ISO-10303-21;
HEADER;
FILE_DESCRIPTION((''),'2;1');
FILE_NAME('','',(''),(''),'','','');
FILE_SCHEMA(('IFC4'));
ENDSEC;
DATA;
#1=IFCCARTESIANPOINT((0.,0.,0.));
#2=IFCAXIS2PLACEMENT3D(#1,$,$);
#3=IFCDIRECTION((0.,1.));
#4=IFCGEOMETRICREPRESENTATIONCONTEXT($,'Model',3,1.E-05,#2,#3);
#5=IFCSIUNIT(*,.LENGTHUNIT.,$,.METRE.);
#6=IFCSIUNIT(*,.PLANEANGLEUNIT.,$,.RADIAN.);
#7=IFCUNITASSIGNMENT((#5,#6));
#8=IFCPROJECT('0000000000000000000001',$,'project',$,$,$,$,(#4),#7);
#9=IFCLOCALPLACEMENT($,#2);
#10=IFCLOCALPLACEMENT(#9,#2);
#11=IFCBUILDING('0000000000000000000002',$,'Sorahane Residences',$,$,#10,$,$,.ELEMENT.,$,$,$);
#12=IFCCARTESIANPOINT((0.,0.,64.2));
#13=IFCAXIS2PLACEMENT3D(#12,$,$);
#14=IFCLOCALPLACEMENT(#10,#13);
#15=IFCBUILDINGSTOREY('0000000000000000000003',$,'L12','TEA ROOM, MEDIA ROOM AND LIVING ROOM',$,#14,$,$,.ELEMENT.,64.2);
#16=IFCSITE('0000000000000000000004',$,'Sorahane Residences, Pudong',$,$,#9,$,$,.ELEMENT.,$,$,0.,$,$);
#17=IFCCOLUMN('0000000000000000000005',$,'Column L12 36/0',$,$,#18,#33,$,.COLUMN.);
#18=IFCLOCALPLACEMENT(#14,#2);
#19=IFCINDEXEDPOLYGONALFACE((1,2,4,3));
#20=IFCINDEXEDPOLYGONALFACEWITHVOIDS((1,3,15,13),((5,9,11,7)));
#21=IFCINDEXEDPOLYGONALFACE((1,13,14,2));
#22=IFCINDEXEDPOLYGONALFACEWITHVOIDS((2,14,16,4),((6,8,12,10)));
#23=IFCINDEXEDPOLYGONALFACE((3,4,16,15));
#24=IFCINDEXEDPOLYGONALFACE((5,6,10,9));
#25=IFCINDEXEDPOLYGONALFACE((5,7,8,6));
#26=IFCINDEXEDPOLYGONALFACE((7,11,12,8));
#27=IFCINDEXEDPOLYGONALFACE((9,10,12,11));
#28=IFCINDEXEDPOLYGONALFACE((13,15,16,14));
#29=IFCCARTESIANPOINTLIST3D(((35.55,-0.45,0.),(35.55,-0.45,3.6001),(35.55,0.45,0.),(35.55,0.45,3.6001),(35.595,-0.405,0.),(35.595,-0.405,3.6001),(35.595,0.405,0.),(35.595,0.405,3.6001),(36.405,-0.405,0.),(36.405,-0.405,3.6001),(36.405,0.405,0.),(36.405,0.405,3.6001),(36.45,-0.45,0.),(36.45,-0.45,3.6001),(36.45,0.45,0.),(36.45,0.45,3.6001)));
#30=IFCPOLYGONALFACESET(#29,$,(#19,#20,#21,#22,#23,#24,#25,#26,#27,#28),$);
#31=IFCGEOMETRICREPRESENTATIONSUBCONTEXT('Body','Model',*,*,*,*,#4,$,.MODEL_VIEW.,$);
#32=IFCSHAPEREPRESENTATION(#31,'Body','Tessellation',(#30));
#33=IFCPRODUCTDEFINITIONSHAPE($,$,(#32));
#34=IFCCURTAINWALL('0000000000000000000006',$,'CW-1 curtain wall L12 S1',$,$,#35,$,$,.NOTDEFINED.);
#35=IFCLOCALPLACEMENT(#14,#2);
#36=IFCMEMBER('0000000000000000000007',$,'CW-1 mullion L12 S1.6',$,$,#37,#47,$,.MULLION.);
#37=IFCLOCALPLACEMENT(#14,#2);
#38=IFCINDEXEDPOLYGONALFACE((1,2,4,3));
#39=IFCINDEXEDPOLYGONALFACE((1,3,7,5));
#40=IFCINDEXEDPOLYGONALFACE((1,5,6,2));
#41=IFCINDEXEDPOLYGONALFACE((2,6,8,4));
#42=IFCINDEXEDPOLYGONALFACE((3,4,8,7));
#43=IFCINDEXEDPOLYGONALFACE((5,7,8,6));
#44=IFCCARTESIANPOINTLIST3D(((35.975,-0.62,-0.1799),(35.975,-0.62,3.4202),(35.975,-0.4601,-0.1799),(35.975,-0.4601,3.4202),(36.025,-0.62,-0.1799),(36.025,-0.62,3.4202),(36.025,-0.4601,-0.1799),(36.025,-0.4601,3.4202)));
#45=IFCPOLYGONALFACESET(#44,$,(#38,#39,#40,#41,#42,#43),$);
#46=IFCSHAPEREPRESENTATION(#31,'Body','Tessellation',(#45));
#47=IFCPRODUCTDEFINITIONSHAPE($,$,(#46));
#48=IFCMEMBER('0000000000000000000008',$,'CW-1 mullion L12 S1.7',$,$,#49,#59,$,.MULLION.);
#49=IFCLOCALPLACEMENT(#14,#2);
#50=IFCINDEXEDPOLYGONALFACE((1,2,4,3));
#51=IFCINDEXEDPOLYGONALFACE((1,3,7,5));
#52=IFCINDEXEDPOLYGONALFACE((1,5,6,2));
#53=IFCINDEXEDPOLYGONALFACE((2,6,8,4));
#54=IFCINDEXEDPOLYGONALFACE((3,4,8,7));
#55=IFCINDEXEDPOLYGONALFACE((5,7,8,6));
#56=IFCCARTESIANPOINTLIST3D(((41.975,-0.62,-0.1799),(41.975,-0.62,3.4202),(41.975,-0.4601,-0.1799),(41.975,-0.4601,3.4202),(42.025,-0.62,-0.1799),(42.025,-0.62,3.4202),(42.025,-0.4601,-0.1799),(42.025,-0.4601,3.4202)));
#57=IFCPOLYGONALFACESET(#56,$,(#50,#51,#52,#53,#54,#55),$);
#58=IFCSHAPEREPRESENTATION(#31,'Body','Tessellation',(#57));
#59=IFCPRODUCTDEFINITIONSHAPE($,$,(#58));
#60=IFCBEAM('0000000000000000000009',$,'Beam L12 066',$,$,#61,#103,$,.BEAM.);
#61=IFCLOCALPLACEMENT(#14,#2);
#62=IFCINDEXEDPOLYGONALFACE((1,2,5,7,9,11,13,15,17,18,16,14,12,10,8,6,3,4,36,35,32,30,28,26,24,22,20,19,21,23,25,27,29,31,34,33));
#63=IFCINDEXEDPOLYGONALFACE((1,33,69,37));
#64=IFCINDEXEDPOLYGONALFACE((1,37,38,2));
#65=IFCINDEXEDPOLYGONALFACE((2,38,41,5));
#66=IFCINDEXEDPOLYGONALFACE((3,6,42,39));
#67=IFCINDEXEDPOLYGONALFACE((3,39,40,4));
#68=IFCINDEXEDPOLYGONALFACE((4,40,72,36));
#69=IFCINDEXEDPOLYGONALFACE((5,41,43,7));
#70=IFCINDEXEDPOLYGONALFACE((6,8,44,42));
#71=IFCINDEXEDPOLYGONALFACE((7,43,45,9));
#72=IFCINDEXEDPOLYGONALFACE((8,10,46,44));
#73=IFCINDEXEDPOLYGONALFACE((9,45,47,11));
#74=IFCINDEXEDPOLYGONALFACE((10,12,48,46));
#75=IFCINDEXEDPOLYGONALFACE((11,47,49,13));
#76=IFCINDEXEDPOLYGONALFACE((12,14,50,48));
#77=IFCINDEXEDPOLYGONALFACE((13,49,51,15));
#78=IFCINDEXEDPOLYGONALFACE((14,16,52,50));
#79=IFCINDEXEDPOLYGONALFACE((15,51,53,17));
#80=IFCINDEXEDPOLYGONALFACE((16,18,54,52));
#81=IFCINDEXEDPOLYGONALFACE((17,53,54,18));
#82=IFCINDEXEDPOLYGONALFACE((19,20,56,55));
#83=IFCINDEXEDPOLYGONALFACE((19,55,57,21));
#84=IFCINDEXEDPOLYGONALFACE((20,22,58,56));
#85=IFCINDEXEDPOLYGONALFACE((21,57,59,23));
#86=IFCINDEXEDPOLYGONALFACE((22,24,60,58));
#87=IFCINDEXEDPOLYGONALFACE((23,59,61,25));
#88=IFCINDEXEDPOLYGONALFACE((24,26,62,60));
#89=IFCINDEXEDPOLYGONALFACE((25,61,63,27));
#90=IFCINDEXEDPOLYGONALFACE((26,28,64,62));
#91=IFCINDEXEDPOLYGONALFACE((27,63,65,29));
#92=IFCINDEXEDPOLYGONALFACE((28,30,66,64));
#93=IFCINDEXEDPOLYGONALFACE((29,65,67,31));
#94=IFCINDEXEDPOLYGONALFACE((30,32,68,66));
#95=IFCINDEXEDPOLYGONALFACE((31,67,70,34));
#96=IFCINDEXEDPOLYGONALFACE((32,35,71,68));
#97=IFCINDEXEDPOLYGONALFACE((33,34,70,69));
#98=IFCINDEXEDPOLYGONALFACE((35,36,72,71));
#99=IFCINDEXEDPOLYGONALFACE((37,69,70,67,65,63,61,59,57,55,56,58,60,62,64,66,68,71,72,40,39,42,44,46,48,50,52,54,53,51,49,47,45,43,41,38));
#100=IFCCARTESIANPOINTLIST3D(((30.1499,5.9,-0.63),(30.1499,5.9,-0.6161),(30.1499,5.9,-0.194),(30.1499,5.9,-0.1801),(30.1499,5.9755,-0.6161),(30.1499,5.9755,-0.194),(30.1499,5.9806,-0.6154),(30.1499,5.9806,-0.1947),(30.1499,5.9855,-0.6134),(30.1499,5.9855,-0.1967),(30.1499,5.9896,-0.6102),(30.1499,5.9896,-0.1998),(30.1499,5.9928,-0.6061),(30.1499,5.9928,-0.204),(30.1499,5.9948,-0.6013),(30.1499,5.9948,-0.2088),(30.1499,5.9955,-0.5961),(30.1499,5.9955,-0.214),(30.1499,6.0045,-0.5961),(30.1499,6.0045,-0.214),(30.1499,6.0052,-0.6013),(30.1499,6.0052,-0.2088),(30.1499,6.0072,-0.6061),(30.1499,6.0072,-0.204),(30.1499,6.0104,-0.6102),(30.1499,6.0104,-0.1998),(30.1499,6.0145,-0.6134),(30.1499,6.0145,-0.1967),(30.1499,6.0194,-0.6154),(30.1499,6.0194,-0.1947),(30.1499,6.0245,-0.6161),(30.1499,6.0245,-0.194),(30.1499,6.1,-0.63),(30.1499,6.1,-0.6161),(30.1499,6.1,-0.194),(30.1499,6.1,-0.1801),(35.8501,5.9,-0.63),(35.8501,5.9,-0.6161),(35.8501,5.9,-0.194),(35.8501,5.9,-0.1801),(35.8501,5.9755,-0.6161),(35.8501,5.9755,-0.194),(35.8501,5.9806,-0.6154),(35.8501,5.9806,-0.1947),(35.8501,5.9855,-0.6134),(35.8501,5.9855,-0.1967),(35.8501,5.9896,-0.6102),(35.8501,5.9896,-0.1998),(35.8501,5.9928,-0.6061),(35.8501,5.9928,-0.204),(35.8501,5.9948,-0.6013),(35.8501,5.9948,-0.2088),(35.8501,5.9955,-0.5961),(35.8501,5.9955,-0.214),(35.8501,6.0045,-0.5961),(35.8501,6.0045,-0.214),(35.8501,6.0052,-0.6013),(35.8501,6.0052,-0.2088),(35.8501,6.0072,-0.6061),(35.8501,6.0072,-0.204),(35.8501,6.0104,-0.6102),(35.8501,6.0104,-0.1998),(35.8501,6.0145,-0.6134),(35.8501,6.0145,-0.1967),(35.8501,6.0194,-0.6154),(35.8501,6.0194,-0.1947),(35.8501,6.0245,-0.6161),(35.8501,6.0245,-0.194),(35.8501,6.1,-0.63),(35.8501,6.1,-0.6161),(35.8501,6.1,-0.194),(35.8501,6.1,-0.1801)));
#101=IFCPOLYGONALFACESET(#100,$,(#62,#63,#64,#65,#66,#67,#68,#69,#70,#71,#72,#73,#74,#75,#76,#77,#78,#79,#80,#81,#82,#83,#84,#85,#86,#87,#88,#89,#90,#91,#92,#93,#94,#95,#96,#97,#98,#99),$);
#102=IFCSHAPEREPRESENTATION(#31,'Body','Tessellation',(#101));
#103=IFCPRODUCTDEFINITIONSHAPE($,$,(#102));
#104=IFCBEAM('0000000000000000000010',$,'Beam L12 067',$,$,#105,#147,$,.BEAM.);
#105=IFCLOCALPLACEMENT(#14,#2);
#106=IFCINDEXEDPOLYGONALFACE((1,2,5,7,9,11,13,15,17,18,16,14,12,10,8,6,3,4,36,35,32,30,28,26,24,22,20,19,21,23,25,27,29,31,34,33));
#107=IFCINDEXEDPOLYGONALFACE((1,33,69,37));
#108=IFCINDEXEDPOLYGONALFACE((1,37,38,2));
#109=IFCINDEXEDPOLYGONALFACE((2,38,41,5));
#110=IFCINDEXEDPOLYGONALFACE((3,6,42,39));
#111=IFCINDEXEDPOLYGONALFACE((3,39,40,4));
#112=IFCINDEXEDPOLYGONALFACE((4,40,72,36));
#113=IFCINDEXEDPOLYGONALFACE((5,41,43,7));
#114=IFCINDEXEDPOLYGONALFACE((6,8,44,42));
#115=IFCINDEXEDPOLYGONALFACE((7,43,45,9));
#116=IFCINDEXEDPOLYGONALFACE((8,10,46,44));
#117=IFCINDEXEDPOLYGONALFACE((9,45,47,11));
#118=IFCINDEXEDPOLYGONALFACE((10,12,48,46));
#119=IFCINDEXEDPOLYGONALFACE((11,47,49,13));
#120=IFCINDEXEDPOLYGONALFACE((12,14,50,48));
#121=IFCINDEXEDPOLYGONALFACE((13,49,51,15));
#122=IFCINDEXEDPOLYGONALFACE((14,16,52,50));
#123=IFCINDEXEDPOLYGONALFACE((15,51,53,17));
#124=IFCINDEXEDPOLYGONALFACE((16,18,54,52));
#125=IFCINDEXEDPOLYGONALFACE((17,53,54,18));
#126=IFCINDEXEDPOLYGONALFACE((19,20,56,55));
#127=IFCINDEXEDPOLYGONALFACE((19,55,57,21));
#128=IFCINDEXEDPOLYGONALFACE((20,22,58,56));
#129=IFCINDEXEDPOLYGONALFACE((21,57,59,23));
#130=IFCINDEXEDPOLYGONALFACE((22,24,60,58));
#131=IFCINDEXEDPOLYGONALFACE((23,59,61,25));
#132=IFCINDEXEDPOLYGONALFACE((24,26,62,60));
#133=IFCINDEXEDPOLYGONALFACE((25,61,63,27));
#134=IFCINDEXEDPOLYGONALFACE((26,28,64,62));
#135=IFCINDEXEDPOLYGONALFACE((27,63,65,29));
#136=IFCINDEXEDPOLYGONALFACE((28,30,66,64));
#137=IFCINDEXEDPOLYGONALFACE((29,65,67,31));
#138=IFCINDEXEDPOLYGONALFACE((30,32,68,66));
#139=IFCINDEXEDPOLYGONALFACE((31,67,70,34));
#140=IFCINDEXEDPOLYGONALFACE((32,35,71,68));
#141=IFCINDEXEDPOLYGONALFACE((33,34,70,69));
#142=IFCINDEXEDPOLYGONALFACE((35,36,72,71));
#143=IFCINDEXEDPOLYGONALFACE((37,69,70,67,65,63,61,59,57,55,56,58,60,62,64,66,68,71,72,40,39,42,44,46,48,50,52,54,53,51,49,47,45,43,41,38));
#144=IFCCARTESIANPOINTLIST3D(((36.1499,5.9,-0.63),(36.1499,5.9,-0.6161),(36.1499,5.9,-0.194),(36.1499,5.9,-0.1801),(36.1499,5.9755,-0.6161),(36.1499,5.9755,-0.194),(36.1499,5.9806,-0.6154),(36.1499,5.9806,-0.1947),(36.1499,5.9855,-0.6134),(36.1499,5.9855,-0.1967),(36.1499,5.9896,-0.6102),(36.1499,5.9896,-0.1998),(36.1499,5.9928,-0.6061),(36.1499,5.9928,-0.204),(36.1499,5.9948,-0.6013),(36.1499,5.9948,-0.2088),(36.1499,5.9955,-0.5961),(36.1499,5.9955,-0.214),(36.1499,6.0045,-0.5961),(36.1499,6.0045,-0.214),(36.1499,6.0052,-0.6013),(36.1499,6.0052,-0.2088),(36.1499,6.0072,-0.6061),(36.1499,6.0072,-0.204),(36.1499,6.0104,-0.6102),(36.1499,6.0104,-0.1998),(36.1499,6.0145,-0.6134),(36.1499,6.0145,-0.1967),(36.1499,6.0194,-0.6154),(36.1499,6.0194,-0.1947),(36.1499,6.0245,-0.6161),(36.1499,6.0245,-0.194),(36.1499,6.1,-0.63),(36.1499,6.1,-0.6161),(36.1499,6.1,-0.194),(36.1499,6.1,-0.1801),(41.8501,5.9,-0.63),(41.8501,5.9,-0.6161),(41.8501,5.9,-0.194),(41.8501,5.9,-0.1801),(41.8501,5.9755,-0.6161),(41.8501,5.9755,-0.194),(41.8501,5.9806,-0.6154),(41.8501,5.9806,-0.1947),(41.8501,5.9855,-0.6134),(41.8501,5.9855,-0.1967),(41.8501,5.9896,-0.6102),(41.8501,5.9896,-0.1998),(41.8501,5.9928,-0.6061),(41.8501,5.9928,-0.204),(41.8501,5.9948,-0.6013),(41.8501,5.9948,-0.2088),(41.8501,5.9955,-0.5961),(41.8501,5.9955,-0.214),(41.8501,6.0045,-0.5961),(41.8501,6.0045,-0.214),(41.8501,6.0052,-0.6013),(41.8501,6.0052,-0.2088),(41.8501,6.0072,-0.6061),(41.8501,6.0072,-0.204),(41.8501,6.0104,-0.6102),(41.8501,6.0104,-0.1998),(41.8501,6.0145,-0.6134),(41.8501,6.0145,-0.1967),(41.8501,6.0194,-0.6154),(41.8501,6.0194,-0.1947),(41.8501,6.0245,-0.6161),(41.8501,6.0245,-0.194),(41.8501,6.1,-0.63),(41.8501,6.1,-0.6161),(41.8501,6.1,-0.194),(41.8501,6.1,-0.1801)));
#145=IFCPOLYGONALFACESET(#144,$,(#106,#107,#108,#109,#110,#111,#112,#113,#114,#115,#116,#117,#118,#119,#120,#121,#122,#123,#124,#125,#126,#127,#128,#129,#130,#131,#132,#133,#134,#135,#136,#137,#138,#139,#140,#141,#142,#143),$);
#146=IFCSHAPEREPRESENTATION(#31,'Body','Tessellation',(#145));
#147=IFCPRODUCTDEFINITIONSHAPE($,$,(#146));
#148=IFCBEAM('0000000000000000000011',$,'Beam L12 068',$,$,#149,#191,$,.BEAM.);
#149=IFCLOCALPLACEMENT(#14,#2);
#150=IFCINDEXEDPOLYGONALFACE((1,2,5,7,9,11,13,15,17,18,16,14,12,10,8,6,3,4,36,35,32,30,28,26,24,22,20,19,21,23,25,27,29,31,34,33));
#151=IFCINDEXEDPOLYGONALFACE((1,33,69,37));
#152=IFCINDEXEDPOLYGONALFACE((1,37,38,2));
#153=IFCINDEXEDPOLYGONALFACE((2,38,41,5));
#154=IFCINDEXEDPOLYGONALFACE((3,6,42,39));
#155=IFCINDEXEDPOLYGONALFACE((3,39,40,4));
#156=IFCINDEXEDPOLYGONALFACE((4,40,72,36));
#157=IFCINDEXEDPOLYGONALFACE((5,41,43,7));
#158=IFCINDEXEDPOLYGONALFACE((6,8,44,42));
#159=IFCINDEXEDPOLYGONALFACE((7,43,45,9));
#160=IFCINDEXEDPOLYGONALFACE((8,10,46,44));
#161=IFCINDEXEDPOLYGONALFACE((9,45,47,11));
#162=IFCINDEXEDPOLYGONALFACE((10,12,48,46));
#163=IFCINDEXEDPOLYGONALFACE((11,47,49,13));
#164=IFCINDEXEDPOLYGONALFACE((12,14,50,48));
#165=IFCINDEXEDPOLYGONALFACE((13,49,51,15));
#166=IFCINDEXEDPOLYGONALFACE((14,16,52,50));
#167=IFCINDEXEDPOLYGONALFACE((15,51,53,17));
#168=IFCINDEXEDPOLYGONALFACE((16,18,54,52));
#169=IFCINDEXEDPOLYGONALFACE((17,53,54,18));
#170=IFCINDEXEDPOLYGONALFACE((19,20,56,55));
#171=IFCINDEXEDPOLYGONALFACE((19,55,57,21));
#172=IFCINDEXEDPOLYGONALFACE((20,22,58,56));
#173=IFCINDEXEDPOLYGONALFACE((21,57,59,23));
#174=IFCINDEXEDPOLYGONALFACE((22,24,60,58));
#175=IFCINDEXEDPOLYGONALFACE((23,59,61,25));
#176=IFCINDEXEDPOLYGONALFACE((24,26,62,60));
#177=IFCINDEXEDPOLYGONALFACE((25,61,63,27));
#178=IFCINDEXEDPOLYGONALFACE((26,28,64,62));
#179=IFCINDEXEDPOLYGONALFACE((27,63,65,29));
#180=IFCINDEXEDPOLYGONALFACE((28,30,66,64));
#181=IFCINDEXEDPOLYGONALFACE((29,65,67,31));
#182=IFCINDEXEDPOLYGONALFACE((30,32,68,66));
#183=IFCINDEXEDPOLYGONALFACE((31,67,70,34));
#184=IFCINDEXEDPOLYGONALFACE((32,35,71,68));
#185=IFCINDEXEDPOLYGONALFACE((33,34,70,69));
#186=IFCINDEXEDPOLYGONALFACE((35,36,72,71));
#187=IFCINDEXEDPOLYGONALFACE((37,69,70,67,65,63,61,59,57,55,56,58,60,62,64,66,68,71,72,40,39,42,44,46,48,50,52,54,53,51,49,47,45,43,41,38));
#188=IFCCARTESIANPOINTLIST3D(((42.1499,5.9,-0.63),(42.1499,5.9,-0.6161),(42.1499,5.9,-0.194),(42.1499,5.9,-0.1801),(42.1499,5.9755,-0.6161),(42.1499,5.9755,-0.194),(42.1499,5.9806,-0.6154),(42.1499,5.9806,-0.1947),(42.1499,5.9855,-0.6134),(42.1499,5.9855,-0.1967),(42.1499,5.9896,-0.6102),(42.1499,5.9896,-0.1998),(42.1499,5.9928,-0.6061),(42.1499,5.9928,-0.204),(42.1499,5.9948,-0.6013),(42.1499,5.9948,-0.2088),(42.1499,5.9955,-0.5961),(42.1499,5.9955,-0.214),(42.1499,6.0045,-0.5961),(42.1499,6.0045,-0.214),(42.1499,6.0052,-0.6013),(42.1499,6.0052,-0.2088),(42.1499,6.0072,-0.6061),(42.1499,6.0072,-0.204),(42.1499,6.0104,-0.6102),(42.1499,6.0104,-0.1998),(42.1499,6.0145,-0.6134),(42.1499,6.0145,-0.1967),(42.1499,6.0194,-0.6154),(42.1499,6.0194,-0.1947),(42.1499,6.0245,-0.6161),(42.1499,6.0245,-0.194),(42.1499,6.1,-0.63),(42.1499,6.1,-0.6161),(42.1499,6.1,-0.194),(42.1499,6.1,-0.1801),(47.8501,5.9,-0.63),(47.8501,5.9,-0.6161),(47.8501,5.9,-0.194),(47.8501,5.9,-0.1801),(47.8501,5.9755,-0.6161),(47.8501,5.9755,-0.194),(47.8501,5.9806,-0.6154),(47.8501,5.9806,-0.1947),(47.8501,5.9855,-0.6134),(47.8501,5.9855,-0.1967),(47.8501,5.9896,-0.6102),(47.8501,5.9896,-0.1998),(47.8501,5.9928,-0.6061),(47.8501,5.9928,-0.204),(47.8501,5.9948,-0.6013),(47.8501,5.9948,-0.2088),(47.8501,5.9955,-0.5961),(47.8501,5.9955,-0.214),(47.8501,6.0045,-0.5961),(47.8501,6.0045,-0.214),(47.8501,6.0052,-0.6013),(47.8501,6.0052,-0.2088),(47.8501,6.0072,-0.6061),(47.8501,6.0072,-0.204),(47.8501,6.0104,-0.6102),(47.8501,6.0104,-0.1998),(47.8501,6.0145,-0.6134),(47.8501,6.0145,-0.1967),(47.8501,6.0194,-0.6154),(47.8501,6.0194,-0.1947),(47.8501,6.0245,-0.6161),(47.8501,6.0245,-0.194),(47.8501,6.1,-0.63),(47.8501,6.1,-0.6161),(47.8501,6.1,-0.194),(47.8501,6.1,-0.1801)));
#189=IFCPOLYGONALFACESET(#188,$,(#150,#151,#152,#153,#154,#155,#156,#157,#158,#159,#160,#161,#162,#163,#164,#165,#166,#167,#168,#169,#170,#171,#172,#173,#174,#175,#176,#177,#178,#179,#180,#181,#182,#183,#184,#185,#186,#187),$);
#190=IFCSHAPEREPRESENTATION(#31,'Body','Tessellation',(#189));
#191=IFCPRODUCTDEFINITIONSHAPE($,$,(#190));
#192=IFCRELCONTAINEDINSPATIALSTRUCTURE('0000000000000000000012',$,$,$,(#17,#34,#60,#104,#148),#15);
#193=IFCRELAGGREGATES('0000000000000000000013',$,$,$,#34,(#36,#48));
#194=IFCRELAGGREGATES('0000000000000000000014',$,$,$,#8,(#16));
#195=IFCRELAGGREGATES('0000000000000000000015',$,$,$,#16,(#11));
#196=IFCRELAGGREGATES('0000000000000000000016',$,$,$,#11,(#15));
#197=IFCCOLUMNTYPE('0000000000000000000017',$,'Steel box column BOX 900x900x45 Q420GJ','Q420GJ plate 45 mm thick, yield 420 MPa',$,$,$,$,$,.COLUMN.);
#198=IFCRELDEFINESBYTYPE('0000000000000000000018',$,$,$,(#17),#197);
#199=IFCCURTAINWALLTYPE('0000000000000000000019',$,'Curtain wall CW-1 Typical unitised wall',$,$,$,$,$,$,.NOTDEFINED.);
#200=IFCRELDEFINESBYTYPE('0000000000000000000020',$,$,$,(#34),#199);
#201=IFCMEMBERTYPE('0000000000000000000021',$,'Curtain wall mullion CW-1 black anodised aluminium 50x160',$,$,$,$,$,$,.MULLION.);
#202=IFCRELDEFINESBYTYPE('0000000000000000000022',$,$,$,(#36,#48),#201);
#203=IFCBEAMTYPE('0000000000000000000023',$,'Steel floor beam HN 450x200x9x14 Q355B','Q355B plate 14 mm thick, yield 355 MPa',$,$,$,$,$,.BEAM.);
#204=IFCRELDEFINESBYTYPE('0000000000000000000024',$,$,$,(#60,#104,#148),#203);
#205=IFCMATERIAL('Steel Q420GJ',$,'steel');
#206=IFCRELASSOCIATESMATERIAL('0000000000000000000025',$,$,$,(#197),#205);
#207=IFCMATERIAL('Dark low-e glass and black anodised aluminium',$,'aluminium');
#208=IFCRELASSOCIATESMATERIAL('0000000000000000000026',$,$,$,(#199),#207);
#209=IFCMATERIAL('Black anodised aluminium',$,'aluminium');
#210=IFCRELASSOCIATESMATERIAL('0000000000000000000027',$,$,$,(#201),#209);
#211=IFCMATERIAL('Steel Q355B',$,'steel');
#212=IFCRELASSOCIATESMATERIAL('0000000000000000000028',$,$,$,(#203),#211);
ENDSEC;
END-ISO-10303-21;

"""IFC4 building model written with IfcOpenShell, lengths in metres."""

from ifc_helpers import new_model, si_unit, direction, frame, origin, origin_2d, place, context, subcontext, project, spatial, rectangle, hollow_rectangle, i_section, extrude, material, material_profile, profile_set, type_object, element, aggregate, save


model = new_model("IFC4")

# Units and contexts
model_context = context("Model", 3, precision=1e-05, world=origin(), true_north=direction((0.0, 1.0)))
body_context = subcontext(model_context, "Body", "Model", "MODEL_VIEW")
ifc_project = project(units=[si_unit("LENGTHUNIT", "METRE"), si_unit("PLANEANGLEUNIT", "RADIAN")], contexts=[model_context])

# Site, building, storey
site_placement = place(None, origin())
site = spatial("IfcSite", under=ifc_project, at=site_placement, Name="Sorahane Residences, Pudong", CompositionType="ELEMENT", RefElevation=0.0)
building_placement = place(site_placement, origin())
building = spatial("IfcBuilding", under=site, at=building_placement, Name="Sorahane Residences", CompositionType="ELEMENT")
storey_placement = place(building_placement, frame((0.0, 0.0, 64.2)))
storey = spatial("IfcBuildingStorey", under=building, at=storey_placement, Name="L12", Description="TEA ROOM, MEDIA ROOM AND LIVING ROOM", CompositionType="ELEMENT", Elevation=64.2)

# Column
ifc_material_1 = material(Name="Steel Q420GJ", Category="steel")
ifc_material_profile_1 = material_profile(ifc_material_1, hollow_rectangle(XDim=0.8999, YDim=0.8999, WallThickness=0.0449, at=origin_2d()), Name="BOX 900x900x45")
ifc_profile_set_1 = profile_set([ifc_material_profile_1], Name="Steel Q420GJ")
column_type = type_object("IfcColumnType", Name="Steel box column BOX 900x900x45 Q420GJ", Description="Q420GJ plate 45 mm thick, yield 420 MPa", PredefinedType="COLUMN", material=ifc_profile_set_1)
column_placement = place(storey_placement, frame((36.0, 0.0, 0.0), z_axis=(0.0, 0.0, 1.0), x_axis=(1.0, 0.0, 0.0)))
element("IfcColumn", 1, at=column_placement, inside=storey, type_object=column_type, Name="Column L12 36/0", PredefinedType="COLUMN", context=body_context, shape_type="SweptSolid", body=[
    extrude(hollow_rectangle(XDim=0.8999, YDim=0.8999, WallThickness=0.0449, at=origin_2d()), origin(), (0.0, 0.0, 1.0), 3.6001),
])

# Curtain wall, members
ifc_material_2 = material(Name="Dark low-e glass and black anodised aluminium", Category="aluminium")
curtain_wall_type = type_object("IfcCurtainWallType", Name="Curtain wall CW-1 Typical unitised wall", PredefinedType="NOTDEFINED", material=ifc_material_2)
curtain_wall_placement = place(storey_placement, origin())
curtain_wall = element("IfcCurtainWall", 2, at=curtain_wall_placement, inside=storey, type_object=curtain_wall_type, Name="CW-1 curtain wall L12 S1", PredefinedType="NOTDEFINED")
ifc_material_3 = material(Name="Black anodised aluminium", Category="aluminium")
ifc_material_profile_2 = material_profile(ifc_material_3, rectangle(XDim=0.1599, YDim=0.05, at=origin_2d()), Name="Curtain wall mullion CW-1 black anodised aluminium 50x160")
ifc_profile_set_2 = profile_set([ifc_material_profile_2], Name="Black anodised aluminium")
member_type = type_object("IfcMemberType", Name="Curtain wall mullion CW-1 black anodised aluminium 50x160", PredefinedType="MULLION", material=ifc_profile_set_2)
member_1_placement = place(storey_placement, frame((36.0, -0.54, -0.1799), z_axis=(0.0, 0.0, 1.0), x_axis=(0.0, -1.0, 0.0)))
member_1 = element("IfcMember", 3, at=member_1_placement, type_object=member_type, Name="CW-1 mullion L12 S1.6", PredefinedType="MULLION", context=body_context, shape_type="SweptSolid", body=[
    extrude(rectangle(XDim=0.1599, YDim=0.05, at=origin_2d()), origin(), (0.0, 0.0, 1.0), 3.6001),
])
member_2_placement = place(storey_placement, frame((42.0, -0.54, -0.1799), z_axis=(0.0, 0.0, 1.0), x_axis=(0.0, -1.0, 0.0)))
member_2 = element("IfcMember", 4, at=member_2_placement, type_object=member_type, Name="CW-1 mullion L12 S1.7", PredefinedType="MULLION", context=body_context, shape_type="SweptSolid", body=[
    extrude(rectangle(XDim=0.1599, YDim=0.05, at=origin_2d()), origin(), (0.0, 0.0, 1.0), 3.6001),
])

# Beams
ifc_material_4 = material(Name="Steel Q355B", Category="steel")
ifc_material_profile_3 = material_profile(ifc_material_4, i_section(OverallWidth=0.2, OverallDepth=0.45, WebThickness=0.009, FlangeThickness=0.0139, FilletRadius=0.02, at=origin_2d()), Name="HN 450x200x9x14")
ifc_profile_set_3 = profile_set([ifc_material_profile_3], Name="Steel Q355B")
beam_type_1 = type_object("IfcBeamType", Name="Steel floor beam HN 450x200x9x14 Q355B", Description="Q355B plate 14 mm thick, yield 355 MPa", PredefinedType="BEAM", material=ifc_profile_set_3)
for number, where, z_axis, x_axis, name in (
    (5, (30.1499, 6.0, -0.405), (1.0, 0.0, 0.0), (0.0, 1.0, 0.0), "Beam L12 066"),
    (6, (36.1499, 6.0, -0.405), (1.0, 0.0, 0.0), (0.0, 1.0, 0.0), "Beam L12 067"),
    (7, (42.1499, 6.0, -0.405), (1.0, 0.0, 0.0), (0.0, 1.0, 0.0), "Beam L12 068"),
):
    element("IfcBeam", number, at=place(storey_placement, frame(where, z_axis=z_axis, x_axis=x_axis)), inside=storey, type_object=beam_type_1, Name=name, PredefinedType="BEAM", context=body_context, shape_type="SweptSolid", body=[
        extrude(i_section(OverallWidth=0.2, OverallDepth=0.45, WebThickness=0.009, FlangeThickness=0.0139, FilletRadius=0.02, at=origin_2d()), origin(), (0.0, 0.0, 1.0), 5.7002),
    ])

aggregate(curtain_wall, [member_1, member_2])

save(model, "model.ifc")
